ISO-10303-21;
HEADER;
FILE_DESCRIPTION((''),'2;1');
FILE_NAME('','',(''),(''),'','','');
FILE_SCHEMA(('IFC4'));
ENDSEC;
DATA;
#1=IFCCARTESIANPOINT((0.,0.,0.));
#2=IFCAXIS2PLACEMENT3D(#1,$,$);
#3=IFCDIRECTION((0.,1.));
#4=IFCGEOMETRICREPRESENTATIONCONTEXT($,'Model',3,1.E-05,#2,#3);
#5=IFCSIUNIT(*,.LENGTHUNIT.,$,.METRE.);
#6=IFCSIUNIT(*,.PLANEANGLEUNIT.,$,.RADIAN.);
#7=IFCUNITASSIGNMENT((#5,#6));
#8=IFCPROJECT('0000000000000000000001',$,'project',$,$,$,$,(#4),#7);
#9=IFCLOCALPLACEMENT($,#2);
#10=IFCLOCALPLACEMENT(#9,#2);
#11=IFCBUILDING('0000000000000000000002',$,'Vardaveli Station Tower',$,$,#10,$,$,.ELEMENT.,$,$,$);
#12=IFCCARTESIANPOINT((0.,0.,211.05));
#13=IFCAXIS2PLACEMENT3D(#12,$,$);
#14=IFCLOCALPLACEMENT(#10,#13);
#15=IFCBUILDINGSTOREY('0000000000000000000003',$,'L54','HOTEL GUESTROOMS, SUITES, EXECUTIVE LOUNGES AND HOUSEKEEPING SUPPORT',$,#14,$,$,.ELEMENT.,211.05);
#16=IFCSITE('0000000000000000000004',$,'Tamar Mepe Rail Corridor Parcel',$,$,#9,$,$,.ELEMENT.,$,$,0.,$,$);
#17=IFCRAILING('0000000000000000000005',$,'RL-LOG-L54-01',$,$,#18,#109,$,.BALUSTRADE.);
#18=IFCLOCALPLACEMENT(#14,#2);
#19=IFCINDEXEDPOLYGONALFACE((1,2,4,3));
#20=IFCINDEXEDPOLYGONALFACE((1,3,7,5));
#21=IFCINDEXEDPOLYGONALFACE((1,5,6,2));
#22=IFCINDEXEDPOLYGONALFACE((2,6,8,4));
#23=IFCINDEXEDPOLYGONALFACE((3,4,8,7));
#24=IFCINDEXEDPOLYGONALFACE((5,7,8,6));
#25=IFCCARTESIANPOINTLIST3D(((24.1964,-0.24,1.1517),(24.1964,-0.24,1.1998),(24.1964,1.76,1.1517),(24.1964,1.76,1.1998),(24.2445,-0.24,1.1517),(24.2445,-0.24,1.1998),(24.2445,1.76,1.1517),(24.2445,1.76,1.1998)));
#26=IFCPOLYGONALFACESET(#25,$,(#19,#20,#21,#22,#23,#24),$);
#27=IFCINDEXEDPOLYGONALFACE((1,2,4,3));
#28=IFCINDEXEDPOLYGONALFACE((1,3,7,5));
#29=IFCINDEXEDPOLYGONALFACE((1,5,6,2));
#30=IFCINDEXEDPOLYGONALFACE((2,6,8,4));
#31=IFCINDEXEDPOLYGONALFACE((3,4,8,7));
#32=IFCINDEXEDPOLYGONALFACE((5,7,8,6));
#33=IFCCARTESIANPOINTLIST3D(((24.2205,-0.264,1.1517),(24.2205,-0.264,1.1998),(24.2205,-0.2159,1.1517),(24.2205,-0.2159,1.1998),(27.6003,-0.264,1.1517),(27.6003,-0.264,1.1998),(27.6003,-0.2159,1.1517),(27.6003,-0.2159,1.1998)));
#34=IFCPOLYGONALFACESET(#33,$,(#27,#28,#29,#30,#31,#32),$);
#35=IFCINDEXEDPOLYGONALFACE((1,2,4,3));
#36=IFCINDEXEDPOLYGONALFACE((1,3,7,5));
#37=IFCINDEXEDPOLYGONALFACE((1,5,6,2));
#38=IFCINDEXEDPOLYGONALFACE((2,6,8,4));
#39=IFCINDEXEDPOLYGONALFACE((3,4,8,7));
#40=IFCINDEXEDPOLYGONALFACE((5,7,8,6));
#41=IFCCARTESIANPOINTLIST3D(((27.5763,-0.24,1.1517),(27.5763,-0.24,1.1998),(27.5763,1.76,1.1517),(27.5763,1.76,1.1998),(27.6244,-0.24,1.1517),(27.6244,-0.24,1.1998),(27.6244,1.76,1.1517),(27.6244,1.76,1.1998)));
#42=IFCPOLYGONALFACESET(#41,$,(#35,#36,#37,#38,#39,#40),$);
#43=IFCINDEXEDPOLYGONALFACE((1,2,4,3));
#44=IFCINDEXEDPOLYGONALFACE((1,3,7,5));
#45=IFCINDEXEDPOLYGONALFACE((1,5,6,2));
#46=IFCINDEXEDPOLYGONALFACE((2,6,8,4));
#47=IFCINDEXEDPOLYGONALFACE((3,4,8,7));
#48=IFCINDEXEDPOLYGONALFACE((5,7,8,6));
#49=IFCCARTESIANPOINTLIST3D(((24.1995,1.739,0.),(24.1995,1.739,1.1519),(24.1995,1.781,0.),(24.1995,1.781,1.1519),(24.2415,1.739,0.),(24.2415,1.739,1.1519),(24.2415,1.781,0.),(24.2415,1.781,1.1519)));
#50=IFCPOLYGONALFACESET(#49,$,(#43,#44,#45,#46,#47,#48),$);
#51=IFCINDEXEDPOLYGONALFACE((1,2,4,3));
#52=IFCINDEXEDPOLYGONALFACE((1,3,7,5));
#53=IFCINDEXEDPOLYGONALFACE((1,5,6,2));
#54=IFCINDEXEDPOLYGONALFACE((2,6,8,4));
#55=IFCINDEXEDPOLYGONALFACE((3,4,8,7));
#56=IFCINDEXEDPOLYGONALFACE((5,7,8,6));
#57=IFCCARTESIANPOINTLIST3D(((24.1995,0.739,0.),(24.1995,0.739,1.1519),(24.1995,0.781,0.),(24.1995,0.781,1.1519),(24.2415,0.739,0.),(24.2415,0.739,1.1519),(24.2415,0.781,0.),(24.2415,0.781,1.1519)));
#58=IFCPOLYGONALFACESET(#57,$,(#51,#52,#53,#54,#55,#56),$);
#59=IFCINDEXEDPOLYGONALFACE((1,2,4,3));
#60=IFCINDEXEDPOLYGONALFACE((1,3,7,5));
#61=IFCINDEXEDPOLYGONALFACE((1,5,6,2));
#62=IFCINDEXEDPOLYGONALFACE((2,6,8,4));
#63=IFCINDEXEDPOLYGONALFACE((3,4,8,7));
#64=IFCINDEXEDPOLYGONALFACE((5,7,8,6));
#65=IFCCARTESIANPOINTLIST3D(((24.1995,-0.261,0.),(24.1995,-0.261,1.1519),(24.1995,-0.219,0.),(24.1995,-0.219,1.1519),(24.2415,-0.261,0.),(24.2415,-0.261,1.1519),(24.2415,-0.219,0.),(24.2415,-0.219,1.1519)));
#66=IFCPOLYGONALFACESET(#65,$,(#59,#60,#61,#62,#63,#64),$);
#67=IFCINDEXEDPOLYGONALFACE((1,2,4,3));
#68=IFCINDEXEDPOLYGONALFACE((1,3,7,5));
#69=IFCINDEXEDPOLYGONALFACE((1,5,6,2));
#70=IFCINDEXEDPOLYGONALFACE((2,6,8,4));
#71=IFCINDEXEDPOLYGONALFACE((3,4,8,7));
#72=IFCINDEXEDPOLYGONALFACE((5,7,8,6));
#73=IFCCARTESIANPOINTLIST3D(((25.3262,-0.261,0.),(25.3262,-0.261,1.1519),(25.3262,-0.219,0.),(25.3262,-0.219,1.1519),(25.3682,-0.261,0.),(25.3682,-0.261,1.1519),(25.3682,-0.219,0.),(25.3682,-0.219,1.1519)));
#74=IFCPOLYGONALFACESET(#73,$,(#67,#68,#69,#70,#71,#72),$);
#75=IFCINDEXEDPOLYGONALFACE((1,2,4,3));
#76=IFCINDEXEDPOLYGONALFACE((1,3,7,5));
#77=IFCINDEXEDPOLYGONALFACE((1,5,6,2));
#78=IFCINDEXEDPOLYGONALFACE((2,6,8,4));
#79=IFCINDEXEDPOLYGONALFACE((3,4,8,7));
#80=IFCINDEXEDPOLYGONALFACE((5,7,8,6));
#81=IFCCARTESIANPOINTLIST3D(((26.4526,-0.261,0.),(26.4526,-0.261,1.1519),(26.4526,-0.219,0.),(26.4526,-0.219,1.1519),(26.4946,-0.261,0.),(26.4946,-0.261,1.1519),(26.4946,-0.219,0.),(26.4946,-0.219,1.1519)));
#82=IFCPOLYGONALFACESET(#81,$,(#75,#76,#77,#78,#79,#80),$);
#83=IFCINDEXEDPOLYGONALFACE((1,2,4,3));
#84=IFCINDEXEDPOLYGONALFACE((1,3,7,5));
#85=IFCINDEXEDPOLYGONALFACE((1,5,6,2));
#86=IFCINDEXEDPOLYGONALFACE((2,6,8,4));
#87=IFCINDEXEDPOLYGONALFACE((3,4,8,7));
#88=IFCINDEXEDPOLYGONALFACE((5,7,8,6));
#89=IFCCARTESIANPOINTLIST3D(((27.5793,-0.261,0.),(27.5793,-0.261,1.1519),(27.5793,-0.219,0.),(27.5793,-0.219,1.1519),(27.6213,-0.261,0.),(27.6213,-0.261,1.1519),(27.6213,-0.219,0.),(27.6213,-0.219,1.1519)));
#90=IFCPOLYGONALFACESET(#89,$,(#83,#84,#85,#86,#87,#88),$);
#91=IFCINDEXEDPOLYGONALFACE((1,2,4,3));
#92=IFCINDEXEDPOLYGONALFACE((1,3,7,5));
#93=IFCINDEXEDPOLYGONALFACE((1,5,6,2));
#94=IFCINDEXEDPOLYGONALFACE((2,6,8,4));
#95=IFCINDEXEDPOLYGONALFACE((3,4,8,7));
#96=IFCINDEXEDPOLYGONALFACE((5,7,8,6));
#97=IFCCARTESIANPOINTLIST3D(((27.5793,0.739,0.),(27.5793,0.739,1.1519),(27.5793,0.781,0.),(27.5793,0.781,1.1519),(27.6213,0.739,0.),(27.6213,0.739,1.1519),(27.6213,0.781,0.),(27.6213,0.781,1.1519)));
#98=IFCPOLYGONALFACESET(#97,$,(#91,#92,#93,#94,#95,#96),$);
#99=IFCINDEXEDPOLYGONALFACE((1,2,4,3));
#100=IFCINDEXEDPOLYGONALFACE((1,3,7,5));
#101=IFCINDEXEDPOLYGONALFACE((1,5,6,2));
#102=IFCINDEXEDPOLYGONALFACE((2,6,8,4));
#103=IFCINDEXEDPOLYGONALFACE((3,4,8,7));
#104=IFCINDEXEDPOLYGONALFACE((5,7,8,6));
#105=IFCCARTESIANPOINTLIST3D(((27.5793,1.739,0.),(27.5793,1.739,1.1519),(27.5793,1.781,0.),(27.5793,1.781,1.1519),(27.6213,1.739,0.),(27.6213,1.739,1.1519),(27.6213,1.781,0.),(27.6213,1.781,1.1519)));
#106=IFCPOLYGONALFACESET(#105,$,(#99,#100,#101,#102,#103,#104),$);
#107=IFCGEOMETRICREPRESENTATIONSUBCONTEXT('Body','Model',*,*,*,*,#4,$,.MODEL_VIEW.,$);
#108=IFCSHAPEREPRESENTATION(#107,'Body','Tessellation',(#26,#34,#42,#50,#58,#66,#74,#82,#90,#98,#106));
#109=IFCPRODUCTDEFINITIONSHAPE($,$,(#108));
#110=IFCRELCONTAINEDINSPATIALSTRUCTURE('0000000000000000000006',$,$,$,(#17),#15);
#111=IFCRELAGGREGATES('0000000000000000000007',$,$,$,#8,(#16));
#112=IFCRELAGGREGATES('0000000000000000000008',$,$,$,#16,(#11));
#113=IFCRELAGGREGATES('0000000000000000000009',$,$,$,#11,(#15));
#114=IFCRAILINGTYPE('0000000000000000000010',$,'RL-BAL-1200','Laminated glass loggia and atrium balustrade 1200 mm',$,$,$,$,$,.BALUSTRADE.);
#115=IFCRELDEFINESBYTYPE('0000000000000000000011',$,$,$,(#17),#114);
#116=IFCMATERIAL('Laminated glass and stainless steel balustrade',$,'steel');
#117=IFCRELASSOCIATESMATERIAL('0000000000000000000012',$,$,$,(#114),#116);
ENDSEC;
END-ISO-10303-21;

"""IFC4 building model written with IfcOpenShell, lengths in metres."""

from ifc_helpers import new_model, si_unit, direction, frame, origin, origin_2d, place, context, subcontext, project, spatial, rectangle, extrude, source, transform, mapped, material, type_object, element, save


model = new_model("IFC4")

# Units and contexts
model_context = context("Model", 3, precision=1e-05, world=origin(), true_north=direction((0.0, 1.0)))
body_context = subcontext(model_context, "Body", "Model", "MODEL_VIEW")
ifc_project = project(units=[si_unit("LENGTHUNIT", "METRE"), si_unit("PLANEANGLEUNIT", "RADIAN")], contexts=[model_context])

# Site, building, storey
site_placement = place(None, origin())
site = spatial("IfcSite", under=ifc_project, at=site_placement, Name="Tamar Mepe Rail Corridor Parcel", CompositionType="ELEMENT", RefElevation=0.0)
building_placement = place(site_placement, origin())
building = spatial("IfcBuilding", under=site, at=building_placement, Name="Vardaveli Station Tower", CompositionType="ELEMENT")
storey_placement = place(building_placement, frame((0.0, 0.0, 211.05)))
storey = spatial("IfcBuildingStorey", under=building, at=storey_placement, Name="L54", Description="HOTEL GUESTROOMS, SUITES, EXECUTIVE LOUNGES AND HOUSEKEEPING SUPPORT", CompositionType="ELEMENT", Elevation=211.05)

# Railing
ifc_material_1 = material(Name="Laminated glass and stainless steel balustrade", Category="steel")
railing_type = type_object("IfcRailingType", Name="RL-BAL-1200", Description="Laminated glass loggia and atrium balustrade 1200 mm", PredefinedType="BALUSTRADE", material=ifc_material_1)
shared_shape_1 = source(origin(), body_context, "Body", "SweptSolid", [
    extrude(rectangle(XDim=0.0481, YDim=0.0481, at=origin_2d()), frame((0.0, 0.0, 1.1758), z_axis=(0.0, -1.0, 0.0), x_axis=(1.0, 0.0, 0.0)), (0.0, 0.0, 1.0), 2.0),
    extrude(rectangle(XDim=0.0481, YDim=0.0481, at=origin_2d()), frame((0.0, -2.0, 1.1758), z_axis=(1.0, 0.0, 0.0), x_axis=(0.0, 1.0, 0.0)), (0.0, 0.0, 1.0), 3.3799),
    extrude(rectangle(XDim=0.0481, YDim=0.0481, at=origin_2d()), frame((3.3799, -2.0, 1.1758), z_axis=(0.0, 1.0, 0.0), x_axis=(-1.0, 0.0, 0.0)), (0.0, 0.0, 1.0), 2.0),
    extrude(rectangle(XDim=0.042, YDim=0.042, at=origin_2d()), origin(), (0.0, 0.0, 1.0), 1.1519),
    extrude(rectangle(XDim=0.042, YDim=0.042, at=origin_2d()), frame((0.0, -1.0, 0.0)), (0.0, 0.0, 1.0), 1.1519),
    extrude(rectangle(XDim=0.042, YDim=0.042, at=origin_2d()), frame((0.0, -2.0, 0.0)), (0.0, 0.0, 1.0), 1.1519),
    extrude(rectangle(XDim=0.042, YDim=0.042, at=origin_2d()), frame((1.1267, -2.0, 0.0)), (0.0, 0.0, 1.0), 1.1519),
    extrude(rectangle(XDim=0.042, YDim=0.042, at=origin_2d()), frame((2.2532, -2.0, 0.0)), (0.0, 0.0, 1.0), 1.1519),
    extrude(rectangle(XDim=0.042, YDim=0.042, at=origin_2d()), frame((3.3799, -2.0, 0.0)), (0.0, 0.0, 1.0), 1.1519),
    extrude(rectangle(XDim=0.042, YDim=0.042, at=origin_2d()), frame((3.3799, -1.0, 0.0)), (0.0, 0.0, 1.0), 1.1519),
    extrude(rectangle(XDim=0.042, YDim=0.042, at=origin_2d()), frame((3.3799, 0.0, 0.0)), (0.0, 0.0, 1.0), 1.1519),
])
railing_placement = place(storey_placement, frame((24.2205, 1.76, 0.0)))
element("IfcRailing", 1, at=railing_placement, inside=storey, type_object=railing_type, Name="RL-LOG-L54-01", PredefinedType="BALUSTRADE", context=body_context, shape_type="MappedRepresentation", body=[
    mapped(shared_shape_1, transform((0.0, 0.0, 0.0), scale=1.0)),
])

save(model, "model.ifc")
